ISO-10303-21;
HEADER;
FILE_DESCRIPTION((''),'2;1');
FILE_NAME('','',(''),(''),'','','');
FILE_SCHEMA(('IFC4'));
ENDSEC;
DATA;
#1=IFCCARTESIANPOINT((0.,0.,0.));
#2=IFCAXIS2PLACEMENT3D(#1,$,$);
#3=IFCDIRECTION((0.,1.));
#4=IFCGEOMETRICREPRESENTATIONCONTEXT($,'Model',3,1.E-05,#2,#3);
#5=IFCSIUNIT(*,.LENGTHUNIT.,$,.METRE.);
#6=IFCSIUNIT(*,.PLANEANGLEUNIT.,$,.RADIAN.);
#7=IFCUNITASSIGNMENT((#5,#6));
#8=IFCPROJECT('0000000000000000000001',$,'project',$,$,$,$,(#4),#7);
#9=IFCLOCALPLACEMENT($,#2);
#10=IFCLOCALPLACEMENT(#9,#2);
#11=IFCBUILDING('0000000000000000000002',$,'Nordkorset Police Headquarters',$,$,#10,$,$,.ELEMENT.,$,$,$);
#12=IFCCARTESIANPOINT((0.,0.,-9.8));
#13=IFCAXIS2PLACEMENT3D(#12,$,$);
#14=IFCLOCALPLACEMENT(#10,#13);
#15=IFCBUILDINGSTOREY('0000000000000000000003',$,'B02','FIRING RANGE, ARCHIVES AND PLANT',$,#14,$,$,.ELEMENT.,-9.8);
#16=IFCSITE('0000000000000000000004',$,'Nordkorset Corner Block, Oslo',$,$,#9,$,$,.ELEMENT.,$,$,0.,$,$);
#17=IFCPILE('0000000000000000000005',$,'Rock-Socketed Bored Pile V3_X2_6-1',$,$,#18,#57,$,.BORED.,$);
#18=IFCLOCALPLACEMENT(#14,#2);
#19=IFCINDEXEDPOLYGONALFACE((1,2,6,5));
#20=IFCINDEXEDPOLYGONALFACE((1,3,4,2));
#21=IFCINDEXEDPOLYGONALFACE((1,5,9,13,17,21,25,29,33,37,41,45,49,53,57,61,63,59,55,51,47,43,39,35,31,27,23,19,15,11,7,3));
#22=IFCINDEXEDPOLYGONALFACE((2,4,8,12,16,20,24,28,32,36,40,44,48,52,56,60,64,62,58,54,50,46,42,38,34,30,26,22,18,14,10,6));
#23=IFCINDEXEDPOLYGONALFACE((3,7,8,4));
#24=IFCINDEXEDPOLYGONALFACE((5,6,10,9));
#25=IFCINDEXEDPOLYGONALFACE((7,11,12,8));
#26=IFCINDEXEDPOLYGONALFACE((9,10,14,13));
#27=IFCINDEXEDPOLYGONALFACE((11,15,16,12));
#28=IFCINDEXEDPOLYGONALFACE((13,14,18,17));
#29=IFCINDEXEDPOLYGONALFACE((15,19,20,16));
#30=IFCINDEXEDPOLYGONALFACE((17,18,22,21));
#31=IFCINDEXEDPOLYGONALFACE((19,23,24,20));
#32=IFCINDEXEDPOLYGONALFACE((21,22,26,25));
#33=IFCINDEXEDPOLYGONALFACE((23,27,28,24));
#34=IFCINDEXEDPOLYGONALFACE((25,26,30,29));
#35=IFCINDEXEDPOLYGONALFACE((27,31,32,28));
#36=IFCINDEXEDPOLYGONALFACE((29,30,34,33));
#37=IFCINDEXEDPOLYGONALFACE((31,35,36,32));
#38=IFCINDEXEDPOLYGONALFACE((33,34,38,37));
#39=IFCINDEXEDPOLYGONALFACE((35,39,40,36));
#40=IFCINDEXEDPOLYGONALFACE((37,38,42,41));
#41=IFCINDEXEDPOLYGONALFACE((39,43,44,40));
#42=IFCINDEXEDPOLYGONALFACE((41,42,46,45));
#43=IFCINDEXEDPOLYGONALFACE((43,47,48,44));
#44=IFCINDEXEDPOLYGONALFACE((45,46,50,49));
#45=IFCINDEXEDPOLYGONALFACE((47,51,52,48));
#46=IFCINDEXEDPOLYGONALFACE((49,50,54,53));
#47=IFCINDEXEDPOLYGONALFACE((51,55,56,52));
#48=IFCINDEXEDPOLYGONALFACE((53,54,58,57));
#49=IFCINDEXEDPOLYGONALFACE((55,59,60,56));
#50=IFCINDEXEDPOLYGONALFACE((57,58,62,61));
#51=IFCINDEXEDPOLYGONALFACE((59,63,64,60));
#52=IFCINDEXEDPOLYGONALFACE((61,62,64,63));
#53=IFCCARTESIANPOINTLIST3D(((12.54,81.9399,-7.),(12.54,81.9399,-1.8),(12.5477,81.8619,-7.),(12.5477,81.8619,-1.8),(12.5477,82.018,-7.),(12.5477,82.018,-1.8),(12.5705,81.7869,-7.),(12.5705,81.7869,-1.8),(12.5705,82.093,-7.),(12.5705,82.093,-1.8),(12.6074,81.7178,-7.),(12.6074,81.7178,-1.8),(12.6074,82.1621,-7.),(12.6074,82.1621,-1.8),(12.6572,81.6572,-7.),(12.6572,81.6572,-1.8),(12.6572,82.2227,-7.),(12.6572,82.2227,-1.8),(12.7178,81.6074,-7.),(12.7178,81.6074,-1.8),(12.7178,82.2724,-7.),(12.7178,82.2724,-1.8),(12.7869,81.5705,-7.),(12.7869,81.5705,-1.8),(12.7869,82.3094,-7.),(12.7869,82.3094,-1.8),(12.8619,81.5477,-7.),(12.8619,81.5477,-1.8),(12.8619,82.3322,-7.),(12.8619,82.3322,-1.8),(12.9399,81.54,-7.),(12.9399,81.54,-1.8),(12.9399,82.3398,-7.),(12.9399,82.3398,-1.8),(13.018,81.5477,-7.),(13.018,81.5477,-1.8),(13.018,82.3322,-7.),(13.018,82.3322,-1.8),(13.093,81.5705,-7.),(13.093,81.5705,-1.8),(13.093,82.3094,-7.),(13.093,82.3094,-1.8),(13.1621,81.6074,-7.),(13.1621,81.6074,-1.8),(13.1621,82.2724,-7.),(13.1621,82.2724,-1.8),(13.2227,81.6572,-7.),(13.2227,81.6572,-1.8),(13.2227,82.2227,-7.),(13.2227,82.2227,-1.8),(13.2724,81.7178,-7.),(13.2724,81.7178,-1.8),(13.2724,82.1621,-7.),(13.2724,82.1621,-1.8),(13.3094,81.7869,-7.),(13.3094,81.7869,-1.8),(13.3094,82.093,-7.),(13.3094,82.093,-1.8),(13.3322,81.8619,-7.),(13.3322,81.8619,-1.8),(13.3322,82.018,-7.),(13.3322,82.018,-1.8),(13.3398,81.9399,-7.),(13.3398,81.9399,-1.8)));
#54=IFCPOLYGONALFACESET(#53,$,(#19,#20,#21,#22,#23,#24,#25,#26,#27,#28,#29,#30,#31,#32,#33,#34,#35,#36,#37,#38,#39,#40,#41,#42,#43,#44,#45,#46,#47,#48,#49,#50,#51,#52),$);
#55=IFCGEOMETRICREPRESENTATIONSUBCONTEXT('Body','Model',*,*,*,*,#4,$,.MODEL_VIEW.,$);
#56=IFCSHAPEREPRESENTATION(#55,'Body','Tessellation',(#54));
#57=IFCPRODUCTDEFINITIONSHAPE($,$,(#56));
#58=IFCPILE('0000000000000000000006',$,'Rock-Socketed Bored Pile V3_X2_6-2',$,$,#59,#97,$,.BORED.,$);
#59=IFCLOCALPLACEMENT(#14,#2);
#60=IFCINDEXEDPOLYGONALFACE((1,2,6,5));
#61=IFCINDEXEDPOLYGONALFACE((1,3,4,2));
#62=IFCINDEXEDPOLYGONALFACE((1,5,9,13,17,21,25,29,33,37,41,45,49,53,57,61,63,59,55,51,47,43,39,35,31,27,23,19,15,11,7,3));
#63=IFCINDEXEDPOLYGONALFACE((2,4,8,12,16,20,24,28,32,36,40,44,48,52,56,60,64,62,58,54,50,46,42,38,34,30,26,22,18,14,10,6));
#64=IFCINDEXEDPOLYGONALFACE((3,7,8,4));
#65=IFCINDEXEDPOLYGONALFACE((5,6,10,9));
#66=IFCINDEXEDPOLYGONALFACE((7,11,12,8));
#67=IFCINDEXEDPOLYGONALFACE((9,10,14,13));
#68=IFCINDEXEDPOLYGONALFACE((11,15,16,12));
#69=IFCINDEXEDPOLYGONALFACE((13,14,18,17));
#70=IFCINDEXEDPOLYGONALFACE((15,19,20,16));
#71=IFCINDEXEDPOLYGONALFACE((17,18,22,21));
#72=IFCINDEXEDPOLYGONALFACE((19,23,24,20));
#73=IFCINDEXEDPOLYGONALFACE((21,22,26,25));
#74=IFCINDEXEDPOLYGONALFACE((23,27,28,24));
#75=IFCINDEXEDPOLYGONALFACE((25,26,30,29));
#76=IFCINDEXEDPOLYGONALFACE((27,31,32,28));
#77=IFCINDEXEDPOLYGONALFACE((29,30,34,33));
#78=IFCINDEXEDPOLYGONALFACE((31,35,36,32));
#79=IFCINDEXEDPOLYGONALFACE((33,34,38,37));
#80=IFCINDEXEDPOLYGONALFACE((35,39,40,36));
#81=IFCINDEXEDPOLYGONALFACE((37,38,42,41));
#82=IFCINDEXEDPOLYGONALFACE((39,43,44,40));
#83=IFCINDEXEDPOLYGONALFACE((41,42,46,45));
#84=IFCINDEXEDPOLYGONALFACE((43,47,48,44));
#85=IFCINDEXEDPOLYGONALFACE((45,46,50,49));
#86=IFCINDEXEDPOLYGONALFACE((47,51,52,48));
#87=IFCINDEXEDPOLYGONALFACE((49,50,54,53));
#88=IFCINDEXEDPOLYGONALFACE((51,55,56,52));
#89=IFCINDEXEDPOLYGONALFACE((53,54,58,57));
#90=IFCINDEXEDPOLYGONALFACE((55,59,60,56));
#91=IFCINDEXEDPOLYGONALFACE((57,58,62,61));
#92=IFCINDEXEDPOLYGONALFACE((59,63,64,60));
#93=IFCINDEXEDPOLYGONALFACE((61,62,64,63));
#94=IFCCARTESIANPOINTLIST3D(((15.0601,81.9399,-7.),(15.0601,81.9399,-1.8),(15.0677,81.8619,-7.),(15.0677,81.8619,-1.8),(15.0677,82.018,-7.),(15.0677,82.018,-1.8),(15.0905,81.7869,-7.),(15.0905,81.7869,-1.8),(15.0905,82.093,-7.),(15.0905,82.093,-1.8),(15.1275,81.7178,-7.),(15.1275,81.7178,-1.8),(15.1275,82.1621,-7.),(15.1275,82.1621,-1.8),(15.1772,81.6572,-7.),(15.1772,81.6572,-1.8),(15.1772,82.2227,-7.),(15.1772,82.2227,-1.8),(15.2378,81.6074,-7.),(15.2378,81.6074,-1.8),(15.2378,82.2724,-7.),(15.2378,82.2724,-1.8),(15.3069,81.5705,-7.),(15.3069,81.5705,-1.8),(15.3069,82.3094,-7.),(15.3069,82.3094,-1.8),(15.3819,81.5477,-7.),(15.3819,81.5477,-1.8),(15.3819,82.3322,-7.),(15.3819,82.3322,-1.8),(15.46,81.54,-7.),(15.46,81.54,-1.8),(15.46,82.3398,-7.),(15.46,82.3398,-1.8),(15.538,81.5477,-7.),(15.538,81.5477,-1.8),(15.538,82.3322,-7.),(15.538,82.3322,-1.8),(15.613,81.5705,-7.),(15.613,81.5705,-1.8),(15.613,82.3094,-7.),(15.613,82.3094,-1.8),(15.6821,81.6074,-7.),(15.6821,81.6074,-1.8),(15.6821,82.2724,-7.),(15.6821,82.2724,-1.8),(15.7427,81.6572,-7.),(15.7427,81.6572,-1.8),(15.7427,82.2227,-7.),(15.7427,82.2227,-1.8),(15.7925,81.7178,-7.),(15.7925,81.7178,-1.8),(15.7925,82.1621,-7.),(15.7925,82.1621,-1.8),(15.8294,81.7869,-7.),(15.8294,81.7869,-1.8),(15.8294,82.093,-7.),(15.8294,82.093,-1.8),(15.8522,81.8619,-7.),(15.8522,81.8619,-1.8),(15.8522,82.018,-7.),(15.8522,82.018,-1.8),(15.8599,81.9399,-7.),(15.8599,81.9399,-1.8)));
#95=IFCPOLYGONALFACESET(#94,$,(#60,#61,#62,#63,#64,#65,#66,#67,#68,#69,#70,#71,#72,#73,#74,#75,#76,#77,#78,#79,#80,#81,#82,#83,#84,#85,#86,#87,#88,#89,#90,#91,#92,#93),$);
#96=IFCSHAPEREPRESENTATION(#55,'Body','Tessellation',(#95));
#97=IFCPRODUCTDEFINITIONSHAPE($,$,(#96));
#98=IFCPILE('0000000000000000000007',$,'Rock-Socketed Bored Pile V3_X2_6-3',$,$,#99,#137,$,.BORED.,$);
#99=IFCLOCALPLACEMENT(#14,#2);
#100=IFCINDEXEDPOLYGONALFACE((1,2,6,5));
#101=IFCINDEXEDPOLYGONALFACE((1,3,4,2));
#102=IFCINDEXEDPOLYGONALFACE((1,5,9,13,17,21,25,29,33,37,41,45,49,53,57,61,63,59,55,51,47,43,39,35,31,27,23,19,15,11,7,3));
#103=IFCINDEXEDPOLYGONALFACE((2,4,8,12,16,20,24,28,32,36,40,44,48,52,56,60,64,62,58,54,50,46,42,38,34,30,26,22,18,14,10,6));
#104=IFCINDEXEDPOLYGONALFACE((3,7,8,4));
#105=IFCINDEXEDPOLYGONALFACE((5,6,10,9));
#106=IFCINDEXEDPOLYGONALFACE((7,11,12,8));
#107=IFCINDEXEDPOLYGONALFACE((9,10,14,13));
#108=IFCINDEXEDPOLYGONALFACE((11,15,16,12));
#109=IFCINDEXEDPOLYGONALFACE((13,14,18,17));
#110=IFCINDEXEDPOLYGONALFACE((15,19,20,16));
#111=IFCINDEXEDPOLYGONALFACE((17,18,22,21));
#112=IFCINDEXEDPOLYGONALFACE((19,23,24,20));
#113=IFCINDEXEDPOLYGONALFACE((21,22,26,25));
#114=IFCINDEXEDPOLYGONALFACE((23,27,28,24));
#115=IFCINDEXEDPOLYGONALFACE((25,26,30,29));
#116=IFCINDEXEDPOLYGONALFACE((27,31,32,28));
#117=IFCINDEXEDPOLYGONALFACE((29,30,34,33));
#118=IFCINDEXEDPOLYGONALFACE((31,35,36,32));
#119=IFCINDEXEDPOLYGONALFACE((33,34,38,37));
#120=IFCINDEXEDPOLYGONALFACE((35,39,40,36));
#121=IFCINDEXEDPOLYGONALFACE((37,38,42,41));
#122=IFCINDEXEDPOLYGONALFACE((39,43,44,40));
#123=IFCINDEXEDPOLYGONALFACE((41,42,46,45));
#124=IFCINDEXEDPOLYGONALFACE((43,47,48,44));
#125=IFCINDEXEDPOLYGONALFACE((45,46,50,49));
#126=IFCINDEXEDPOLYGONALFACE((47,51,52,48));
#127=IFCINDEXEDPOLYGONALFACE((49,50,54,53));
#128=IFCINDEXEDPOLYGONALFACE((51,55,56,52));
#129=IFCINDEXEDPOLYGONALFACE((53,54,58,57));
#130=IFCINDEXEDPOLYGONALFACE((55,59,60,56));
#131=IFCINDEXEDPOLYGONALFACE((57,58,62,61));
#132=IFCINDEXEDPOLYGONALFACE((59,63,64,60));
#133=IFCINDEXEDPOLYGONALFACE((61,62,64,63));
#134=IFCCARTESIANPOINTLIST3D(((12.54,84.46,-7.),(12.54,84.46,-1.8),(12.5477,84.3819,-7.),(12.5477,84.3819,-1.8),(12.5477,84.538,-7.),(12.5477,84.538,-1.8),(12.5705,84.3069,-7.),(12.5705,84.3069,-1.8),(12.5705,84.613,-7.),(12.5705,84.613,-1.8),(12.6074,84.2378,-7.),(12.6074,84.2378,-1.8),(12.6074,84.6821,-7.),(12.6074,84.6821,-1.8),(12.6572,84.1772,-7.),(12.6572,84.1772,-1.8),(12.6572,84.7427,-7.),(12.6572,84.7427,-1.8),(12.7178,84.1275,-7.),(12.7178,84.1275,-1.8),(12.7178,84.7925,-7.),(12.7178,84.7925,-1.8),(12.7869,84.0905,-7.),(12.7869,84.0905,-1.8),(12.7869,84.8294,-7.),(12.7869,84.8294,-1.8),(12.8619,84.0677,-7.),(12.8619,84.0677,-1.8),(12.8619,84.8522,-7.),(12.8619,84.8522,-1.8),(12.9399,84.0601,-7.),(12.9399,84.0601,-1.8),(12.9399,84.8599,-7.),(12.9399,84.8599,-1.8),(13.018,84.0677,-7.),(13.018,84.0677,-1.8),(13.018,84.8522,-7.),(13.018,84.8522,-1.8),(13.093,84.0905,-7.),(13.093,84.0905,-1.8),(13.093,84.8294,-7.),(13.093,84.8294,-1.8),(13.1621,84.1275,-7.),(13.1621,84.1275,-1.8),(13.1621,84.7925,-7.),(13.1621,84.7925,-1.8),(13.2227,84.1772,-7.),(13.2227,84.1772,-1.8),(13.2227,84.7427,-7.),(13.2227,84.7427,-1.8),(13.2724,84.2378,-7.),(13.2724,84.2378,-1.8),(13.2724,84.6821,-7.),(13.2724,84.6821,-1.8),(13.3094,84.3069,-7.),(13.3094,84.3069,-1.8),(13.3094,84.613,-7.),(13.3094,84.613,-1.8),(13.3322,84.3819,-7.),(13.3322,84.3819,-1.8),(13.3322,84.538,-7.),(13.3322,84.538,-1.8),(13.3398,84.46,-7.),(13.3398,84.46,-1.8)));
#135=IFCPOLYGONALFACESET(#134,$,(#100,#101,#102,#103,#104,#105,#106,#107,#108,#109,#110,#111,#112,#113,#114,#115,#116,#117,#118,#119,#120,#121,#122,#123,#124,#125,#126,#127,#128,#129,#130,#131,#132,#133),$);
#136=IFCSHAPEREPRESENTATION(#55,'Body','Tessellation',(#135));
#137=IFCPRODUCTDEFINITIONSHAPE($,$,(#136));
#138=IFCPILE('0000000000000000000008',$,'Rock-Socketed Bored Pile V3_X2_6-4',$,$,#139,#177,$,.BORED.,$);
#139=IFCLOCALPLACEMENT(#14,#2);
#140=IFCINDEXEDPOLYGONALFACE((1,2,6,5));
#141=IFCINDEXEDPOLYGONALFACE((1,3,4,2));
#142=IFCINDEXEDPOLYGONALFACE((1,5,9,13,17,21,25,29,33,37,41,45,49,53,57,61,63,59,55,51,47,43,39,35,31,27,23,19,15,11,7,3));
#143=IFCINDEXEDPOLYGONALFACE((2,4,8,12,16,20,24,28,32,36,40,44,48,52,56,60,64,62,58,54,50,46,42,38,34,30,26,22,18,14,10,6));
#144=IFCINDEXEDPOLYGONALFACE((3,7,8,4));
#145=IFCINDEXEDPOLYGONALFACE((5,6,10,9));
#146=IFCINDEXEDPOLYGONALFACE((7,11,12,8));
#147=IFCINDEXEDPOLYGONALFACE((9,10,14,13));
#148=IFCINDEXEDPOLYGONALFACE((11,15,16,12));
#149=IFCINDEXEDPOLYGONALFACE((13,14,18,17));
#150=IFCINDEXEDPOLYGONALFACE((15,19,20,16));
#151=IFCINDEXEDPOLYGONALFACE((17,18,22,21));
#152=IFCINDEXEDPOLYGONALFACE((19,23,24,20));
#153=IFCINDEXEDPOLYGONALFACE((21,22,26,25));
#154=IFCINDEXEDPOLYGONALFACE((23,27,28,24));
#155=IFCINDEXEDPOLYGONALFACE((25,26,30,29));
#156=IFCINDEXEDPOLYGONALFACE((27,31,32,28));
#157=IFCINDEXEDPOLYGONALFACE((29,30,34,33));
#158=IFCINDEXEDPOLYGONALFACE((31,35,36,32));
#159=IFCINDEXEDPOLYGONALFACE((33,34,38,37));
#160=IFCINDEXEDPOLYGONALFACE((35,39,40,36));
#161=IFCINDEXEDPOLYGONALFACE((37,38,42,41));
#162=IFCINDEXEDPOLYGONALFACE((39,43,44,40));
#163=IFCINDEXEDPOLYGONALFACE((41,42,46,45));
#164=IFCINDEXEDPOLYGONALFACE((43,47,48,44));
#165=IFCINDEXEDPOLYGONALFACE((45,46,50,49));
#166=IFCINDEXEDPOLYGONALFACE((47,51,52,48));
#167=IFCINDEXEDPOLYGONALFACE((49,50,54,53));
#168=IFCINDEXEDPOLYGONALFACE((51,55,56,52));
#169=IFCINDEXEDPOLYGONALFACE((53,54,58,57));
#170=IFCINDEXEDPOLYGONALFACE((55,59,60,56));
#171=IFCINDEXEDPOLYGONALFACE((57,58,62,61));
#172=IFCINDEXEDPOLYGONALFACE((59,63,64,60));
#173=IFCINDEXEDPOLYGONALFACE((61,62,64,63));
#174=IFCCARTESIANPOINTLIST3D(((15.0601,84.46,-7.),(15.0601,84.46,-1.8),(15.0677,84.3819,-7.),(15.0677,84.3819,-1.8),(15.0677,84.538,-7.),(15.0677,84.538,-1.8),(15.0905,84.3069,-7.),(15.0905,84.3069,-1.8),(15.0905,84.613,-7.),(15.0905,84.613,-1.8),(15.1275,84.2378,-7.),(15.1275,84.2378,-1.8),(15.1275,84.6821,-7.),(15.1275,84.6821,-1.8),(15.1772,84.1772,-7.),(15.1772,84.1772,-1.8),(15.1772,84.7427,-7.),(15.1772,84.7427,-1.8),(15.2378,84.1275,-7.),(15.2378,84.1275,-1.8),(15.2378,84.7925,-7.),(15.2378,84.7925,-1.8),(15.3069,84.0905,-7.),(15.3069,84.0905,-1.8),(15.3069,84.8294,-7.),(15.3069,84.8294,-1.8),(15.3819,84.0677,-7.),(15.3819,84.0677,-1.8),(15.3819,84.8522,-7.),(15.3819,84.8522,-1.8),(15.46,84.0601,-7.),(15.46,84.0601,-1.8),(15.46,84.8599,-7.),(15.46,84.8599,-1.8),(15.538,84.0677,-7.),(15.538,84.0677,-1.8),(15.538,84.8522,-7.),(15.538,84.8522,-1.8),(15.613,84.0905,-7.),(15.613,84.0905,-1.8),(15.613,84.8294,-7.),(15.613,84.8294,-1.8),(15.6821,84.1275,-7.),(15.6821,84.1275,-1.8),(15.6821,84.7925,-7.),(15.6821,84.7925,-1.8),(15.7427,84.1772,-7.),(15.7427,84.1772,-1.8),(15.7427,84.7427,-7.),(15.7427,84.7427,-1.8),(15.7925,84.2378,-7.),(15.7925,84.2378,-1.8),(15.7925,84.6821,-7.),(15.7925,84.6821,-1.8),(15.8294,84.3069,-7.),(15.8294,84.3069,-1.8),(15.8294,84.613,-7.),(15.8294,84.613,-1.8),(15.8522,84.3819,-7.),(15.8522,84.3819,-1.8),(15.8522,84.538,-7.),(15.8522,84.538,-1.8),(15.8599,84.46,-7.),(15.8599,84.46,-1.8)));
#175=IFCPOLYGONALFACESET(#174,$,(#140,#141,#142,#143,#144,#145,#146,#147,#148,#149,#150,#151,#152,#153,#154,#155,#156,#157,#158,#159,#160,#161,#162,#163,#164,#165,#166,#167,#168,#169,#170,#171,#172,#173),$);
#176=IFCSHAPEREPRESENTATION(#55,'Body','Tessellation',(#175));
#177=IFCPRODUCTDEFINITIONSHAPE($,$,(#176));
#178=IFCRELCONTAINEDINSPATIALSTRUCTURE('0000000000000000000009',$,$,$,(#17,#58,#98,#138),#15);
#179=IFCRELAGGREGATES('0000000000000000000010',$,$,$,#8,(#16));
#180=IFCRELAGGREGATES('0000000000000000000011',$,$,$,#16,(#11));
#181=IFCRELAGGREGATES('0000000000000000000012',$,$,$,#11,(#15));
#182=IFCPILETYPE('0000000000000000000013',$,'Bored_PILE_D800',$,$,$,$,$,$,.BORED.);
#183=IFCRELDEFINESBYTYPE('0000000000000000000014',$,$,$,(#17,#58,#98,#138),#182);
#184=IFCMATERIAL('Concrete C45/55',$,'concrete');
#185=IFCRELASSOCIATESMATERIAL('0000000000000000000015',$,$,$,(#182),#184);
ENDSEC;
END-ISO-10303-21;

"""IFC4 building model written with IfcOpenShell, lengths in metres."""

from ifc_helpers import new_model, si_unit, direction, frame, origin, origin_2d, place, context, subcontext, project, spatial, circle, extrude, material, material_profile, profile_set, type_object, element, save


model = new_model("IFC4")

# Units and contexts
model_context = context("Model", 3, precision=1e-05, world=origin(), true_north=direction((0.0, 1.0)))
body_context = subcontext(model_context, "Body", "Model", "MODEL_VIEW")
ifc_project = project(units=[si_unit("LENGTHUNIT", "METRE"), si_unit("PLANEANGLEUNIT", "RADIAN")], contexts=[model_context])

# Site, building, storey
site_placement = place(None, origin())
site = spatial("IfcSite", under=ifc_project, at=site_placement, Name="Nordkorset Corner Block, Oslo", CompositionType="ELEMENT", RefElevation=0.0)
building_placement = place(site_placement, origin())
building = spatial("IfcBuilding", under=site, at=building_placement, Name="Nordkorset Police Headquarters", CompositionType="ELEMENT")
storey_placement = place(building_placement, frame((0.0, 0.0, -9.8)))
storey = spatial("IfcBuildingStorey", under=building, at=storey_placement, Name="B02", Description="FIRING RANGE, ARCHIVES AND PLANT", CompositionType="ELEMENT", Elevation=-9.8)

# Piles
ifc_material_1 = material(Name="Concrete C45/55", Category="concrete")
ifc_material_profile_1 = material_profile(ifc_material_1, circle(Radius=0.3999, at=origin_2d()), Name="PILE D800")
ifc_profile_set_1 = profile_set([ifc_material_profile_1], Name="Concrete C45/55")
pile_type_1 = type_object("IfcPileType", Name="Bored_PILE_D800", PredefinedType="BORED", material=ifc_profile_set_1)
for number, where, z_axis, x_axis, name in (
    (1, (12.9399, 81.9399, -1.8), (0.0, 0.0, -1.0), (1.0, 0.0, 0.0), "Rock-Socketed Bored Pile V3_X2_6-1"),
    (2, (15.46, 81.9399, -1.8), (0.0, 0.0, -1.0), (1.0, 0.0, 0.0), "Rock-Socketed Bored Pile V3_X2_6-2"),
    (3, (12.9399, 84.46, -1.8), (0.0, 0.0, -1.0), (1.0, 0.0, 0.0), "Rock-Socketed Bored Pile V3_X2_6-3"),
    (4, (15.46, 84.46, -1.8), (0.0, 0.0, -1.0), (1.0, 0.0, 0.0), "Rock-Socketed Bored Pile V3_X2_6-4"),
):
    element("IfcPile", number, at=place(storey_placement, frame(where, z_axis=z_axis, x_axis=x_axis)), inside=storey, type_object=pile_type_1, Name=name, PredefinedType="BORED", context=body_context, shape_type="SweptSolid", body=[
        extrude(circle(Radius=0.3999, at=origin_2d()), origin(), (0.0, 0.0, 1.0), 5.2),
    ])

save(model, "model.ifc")
